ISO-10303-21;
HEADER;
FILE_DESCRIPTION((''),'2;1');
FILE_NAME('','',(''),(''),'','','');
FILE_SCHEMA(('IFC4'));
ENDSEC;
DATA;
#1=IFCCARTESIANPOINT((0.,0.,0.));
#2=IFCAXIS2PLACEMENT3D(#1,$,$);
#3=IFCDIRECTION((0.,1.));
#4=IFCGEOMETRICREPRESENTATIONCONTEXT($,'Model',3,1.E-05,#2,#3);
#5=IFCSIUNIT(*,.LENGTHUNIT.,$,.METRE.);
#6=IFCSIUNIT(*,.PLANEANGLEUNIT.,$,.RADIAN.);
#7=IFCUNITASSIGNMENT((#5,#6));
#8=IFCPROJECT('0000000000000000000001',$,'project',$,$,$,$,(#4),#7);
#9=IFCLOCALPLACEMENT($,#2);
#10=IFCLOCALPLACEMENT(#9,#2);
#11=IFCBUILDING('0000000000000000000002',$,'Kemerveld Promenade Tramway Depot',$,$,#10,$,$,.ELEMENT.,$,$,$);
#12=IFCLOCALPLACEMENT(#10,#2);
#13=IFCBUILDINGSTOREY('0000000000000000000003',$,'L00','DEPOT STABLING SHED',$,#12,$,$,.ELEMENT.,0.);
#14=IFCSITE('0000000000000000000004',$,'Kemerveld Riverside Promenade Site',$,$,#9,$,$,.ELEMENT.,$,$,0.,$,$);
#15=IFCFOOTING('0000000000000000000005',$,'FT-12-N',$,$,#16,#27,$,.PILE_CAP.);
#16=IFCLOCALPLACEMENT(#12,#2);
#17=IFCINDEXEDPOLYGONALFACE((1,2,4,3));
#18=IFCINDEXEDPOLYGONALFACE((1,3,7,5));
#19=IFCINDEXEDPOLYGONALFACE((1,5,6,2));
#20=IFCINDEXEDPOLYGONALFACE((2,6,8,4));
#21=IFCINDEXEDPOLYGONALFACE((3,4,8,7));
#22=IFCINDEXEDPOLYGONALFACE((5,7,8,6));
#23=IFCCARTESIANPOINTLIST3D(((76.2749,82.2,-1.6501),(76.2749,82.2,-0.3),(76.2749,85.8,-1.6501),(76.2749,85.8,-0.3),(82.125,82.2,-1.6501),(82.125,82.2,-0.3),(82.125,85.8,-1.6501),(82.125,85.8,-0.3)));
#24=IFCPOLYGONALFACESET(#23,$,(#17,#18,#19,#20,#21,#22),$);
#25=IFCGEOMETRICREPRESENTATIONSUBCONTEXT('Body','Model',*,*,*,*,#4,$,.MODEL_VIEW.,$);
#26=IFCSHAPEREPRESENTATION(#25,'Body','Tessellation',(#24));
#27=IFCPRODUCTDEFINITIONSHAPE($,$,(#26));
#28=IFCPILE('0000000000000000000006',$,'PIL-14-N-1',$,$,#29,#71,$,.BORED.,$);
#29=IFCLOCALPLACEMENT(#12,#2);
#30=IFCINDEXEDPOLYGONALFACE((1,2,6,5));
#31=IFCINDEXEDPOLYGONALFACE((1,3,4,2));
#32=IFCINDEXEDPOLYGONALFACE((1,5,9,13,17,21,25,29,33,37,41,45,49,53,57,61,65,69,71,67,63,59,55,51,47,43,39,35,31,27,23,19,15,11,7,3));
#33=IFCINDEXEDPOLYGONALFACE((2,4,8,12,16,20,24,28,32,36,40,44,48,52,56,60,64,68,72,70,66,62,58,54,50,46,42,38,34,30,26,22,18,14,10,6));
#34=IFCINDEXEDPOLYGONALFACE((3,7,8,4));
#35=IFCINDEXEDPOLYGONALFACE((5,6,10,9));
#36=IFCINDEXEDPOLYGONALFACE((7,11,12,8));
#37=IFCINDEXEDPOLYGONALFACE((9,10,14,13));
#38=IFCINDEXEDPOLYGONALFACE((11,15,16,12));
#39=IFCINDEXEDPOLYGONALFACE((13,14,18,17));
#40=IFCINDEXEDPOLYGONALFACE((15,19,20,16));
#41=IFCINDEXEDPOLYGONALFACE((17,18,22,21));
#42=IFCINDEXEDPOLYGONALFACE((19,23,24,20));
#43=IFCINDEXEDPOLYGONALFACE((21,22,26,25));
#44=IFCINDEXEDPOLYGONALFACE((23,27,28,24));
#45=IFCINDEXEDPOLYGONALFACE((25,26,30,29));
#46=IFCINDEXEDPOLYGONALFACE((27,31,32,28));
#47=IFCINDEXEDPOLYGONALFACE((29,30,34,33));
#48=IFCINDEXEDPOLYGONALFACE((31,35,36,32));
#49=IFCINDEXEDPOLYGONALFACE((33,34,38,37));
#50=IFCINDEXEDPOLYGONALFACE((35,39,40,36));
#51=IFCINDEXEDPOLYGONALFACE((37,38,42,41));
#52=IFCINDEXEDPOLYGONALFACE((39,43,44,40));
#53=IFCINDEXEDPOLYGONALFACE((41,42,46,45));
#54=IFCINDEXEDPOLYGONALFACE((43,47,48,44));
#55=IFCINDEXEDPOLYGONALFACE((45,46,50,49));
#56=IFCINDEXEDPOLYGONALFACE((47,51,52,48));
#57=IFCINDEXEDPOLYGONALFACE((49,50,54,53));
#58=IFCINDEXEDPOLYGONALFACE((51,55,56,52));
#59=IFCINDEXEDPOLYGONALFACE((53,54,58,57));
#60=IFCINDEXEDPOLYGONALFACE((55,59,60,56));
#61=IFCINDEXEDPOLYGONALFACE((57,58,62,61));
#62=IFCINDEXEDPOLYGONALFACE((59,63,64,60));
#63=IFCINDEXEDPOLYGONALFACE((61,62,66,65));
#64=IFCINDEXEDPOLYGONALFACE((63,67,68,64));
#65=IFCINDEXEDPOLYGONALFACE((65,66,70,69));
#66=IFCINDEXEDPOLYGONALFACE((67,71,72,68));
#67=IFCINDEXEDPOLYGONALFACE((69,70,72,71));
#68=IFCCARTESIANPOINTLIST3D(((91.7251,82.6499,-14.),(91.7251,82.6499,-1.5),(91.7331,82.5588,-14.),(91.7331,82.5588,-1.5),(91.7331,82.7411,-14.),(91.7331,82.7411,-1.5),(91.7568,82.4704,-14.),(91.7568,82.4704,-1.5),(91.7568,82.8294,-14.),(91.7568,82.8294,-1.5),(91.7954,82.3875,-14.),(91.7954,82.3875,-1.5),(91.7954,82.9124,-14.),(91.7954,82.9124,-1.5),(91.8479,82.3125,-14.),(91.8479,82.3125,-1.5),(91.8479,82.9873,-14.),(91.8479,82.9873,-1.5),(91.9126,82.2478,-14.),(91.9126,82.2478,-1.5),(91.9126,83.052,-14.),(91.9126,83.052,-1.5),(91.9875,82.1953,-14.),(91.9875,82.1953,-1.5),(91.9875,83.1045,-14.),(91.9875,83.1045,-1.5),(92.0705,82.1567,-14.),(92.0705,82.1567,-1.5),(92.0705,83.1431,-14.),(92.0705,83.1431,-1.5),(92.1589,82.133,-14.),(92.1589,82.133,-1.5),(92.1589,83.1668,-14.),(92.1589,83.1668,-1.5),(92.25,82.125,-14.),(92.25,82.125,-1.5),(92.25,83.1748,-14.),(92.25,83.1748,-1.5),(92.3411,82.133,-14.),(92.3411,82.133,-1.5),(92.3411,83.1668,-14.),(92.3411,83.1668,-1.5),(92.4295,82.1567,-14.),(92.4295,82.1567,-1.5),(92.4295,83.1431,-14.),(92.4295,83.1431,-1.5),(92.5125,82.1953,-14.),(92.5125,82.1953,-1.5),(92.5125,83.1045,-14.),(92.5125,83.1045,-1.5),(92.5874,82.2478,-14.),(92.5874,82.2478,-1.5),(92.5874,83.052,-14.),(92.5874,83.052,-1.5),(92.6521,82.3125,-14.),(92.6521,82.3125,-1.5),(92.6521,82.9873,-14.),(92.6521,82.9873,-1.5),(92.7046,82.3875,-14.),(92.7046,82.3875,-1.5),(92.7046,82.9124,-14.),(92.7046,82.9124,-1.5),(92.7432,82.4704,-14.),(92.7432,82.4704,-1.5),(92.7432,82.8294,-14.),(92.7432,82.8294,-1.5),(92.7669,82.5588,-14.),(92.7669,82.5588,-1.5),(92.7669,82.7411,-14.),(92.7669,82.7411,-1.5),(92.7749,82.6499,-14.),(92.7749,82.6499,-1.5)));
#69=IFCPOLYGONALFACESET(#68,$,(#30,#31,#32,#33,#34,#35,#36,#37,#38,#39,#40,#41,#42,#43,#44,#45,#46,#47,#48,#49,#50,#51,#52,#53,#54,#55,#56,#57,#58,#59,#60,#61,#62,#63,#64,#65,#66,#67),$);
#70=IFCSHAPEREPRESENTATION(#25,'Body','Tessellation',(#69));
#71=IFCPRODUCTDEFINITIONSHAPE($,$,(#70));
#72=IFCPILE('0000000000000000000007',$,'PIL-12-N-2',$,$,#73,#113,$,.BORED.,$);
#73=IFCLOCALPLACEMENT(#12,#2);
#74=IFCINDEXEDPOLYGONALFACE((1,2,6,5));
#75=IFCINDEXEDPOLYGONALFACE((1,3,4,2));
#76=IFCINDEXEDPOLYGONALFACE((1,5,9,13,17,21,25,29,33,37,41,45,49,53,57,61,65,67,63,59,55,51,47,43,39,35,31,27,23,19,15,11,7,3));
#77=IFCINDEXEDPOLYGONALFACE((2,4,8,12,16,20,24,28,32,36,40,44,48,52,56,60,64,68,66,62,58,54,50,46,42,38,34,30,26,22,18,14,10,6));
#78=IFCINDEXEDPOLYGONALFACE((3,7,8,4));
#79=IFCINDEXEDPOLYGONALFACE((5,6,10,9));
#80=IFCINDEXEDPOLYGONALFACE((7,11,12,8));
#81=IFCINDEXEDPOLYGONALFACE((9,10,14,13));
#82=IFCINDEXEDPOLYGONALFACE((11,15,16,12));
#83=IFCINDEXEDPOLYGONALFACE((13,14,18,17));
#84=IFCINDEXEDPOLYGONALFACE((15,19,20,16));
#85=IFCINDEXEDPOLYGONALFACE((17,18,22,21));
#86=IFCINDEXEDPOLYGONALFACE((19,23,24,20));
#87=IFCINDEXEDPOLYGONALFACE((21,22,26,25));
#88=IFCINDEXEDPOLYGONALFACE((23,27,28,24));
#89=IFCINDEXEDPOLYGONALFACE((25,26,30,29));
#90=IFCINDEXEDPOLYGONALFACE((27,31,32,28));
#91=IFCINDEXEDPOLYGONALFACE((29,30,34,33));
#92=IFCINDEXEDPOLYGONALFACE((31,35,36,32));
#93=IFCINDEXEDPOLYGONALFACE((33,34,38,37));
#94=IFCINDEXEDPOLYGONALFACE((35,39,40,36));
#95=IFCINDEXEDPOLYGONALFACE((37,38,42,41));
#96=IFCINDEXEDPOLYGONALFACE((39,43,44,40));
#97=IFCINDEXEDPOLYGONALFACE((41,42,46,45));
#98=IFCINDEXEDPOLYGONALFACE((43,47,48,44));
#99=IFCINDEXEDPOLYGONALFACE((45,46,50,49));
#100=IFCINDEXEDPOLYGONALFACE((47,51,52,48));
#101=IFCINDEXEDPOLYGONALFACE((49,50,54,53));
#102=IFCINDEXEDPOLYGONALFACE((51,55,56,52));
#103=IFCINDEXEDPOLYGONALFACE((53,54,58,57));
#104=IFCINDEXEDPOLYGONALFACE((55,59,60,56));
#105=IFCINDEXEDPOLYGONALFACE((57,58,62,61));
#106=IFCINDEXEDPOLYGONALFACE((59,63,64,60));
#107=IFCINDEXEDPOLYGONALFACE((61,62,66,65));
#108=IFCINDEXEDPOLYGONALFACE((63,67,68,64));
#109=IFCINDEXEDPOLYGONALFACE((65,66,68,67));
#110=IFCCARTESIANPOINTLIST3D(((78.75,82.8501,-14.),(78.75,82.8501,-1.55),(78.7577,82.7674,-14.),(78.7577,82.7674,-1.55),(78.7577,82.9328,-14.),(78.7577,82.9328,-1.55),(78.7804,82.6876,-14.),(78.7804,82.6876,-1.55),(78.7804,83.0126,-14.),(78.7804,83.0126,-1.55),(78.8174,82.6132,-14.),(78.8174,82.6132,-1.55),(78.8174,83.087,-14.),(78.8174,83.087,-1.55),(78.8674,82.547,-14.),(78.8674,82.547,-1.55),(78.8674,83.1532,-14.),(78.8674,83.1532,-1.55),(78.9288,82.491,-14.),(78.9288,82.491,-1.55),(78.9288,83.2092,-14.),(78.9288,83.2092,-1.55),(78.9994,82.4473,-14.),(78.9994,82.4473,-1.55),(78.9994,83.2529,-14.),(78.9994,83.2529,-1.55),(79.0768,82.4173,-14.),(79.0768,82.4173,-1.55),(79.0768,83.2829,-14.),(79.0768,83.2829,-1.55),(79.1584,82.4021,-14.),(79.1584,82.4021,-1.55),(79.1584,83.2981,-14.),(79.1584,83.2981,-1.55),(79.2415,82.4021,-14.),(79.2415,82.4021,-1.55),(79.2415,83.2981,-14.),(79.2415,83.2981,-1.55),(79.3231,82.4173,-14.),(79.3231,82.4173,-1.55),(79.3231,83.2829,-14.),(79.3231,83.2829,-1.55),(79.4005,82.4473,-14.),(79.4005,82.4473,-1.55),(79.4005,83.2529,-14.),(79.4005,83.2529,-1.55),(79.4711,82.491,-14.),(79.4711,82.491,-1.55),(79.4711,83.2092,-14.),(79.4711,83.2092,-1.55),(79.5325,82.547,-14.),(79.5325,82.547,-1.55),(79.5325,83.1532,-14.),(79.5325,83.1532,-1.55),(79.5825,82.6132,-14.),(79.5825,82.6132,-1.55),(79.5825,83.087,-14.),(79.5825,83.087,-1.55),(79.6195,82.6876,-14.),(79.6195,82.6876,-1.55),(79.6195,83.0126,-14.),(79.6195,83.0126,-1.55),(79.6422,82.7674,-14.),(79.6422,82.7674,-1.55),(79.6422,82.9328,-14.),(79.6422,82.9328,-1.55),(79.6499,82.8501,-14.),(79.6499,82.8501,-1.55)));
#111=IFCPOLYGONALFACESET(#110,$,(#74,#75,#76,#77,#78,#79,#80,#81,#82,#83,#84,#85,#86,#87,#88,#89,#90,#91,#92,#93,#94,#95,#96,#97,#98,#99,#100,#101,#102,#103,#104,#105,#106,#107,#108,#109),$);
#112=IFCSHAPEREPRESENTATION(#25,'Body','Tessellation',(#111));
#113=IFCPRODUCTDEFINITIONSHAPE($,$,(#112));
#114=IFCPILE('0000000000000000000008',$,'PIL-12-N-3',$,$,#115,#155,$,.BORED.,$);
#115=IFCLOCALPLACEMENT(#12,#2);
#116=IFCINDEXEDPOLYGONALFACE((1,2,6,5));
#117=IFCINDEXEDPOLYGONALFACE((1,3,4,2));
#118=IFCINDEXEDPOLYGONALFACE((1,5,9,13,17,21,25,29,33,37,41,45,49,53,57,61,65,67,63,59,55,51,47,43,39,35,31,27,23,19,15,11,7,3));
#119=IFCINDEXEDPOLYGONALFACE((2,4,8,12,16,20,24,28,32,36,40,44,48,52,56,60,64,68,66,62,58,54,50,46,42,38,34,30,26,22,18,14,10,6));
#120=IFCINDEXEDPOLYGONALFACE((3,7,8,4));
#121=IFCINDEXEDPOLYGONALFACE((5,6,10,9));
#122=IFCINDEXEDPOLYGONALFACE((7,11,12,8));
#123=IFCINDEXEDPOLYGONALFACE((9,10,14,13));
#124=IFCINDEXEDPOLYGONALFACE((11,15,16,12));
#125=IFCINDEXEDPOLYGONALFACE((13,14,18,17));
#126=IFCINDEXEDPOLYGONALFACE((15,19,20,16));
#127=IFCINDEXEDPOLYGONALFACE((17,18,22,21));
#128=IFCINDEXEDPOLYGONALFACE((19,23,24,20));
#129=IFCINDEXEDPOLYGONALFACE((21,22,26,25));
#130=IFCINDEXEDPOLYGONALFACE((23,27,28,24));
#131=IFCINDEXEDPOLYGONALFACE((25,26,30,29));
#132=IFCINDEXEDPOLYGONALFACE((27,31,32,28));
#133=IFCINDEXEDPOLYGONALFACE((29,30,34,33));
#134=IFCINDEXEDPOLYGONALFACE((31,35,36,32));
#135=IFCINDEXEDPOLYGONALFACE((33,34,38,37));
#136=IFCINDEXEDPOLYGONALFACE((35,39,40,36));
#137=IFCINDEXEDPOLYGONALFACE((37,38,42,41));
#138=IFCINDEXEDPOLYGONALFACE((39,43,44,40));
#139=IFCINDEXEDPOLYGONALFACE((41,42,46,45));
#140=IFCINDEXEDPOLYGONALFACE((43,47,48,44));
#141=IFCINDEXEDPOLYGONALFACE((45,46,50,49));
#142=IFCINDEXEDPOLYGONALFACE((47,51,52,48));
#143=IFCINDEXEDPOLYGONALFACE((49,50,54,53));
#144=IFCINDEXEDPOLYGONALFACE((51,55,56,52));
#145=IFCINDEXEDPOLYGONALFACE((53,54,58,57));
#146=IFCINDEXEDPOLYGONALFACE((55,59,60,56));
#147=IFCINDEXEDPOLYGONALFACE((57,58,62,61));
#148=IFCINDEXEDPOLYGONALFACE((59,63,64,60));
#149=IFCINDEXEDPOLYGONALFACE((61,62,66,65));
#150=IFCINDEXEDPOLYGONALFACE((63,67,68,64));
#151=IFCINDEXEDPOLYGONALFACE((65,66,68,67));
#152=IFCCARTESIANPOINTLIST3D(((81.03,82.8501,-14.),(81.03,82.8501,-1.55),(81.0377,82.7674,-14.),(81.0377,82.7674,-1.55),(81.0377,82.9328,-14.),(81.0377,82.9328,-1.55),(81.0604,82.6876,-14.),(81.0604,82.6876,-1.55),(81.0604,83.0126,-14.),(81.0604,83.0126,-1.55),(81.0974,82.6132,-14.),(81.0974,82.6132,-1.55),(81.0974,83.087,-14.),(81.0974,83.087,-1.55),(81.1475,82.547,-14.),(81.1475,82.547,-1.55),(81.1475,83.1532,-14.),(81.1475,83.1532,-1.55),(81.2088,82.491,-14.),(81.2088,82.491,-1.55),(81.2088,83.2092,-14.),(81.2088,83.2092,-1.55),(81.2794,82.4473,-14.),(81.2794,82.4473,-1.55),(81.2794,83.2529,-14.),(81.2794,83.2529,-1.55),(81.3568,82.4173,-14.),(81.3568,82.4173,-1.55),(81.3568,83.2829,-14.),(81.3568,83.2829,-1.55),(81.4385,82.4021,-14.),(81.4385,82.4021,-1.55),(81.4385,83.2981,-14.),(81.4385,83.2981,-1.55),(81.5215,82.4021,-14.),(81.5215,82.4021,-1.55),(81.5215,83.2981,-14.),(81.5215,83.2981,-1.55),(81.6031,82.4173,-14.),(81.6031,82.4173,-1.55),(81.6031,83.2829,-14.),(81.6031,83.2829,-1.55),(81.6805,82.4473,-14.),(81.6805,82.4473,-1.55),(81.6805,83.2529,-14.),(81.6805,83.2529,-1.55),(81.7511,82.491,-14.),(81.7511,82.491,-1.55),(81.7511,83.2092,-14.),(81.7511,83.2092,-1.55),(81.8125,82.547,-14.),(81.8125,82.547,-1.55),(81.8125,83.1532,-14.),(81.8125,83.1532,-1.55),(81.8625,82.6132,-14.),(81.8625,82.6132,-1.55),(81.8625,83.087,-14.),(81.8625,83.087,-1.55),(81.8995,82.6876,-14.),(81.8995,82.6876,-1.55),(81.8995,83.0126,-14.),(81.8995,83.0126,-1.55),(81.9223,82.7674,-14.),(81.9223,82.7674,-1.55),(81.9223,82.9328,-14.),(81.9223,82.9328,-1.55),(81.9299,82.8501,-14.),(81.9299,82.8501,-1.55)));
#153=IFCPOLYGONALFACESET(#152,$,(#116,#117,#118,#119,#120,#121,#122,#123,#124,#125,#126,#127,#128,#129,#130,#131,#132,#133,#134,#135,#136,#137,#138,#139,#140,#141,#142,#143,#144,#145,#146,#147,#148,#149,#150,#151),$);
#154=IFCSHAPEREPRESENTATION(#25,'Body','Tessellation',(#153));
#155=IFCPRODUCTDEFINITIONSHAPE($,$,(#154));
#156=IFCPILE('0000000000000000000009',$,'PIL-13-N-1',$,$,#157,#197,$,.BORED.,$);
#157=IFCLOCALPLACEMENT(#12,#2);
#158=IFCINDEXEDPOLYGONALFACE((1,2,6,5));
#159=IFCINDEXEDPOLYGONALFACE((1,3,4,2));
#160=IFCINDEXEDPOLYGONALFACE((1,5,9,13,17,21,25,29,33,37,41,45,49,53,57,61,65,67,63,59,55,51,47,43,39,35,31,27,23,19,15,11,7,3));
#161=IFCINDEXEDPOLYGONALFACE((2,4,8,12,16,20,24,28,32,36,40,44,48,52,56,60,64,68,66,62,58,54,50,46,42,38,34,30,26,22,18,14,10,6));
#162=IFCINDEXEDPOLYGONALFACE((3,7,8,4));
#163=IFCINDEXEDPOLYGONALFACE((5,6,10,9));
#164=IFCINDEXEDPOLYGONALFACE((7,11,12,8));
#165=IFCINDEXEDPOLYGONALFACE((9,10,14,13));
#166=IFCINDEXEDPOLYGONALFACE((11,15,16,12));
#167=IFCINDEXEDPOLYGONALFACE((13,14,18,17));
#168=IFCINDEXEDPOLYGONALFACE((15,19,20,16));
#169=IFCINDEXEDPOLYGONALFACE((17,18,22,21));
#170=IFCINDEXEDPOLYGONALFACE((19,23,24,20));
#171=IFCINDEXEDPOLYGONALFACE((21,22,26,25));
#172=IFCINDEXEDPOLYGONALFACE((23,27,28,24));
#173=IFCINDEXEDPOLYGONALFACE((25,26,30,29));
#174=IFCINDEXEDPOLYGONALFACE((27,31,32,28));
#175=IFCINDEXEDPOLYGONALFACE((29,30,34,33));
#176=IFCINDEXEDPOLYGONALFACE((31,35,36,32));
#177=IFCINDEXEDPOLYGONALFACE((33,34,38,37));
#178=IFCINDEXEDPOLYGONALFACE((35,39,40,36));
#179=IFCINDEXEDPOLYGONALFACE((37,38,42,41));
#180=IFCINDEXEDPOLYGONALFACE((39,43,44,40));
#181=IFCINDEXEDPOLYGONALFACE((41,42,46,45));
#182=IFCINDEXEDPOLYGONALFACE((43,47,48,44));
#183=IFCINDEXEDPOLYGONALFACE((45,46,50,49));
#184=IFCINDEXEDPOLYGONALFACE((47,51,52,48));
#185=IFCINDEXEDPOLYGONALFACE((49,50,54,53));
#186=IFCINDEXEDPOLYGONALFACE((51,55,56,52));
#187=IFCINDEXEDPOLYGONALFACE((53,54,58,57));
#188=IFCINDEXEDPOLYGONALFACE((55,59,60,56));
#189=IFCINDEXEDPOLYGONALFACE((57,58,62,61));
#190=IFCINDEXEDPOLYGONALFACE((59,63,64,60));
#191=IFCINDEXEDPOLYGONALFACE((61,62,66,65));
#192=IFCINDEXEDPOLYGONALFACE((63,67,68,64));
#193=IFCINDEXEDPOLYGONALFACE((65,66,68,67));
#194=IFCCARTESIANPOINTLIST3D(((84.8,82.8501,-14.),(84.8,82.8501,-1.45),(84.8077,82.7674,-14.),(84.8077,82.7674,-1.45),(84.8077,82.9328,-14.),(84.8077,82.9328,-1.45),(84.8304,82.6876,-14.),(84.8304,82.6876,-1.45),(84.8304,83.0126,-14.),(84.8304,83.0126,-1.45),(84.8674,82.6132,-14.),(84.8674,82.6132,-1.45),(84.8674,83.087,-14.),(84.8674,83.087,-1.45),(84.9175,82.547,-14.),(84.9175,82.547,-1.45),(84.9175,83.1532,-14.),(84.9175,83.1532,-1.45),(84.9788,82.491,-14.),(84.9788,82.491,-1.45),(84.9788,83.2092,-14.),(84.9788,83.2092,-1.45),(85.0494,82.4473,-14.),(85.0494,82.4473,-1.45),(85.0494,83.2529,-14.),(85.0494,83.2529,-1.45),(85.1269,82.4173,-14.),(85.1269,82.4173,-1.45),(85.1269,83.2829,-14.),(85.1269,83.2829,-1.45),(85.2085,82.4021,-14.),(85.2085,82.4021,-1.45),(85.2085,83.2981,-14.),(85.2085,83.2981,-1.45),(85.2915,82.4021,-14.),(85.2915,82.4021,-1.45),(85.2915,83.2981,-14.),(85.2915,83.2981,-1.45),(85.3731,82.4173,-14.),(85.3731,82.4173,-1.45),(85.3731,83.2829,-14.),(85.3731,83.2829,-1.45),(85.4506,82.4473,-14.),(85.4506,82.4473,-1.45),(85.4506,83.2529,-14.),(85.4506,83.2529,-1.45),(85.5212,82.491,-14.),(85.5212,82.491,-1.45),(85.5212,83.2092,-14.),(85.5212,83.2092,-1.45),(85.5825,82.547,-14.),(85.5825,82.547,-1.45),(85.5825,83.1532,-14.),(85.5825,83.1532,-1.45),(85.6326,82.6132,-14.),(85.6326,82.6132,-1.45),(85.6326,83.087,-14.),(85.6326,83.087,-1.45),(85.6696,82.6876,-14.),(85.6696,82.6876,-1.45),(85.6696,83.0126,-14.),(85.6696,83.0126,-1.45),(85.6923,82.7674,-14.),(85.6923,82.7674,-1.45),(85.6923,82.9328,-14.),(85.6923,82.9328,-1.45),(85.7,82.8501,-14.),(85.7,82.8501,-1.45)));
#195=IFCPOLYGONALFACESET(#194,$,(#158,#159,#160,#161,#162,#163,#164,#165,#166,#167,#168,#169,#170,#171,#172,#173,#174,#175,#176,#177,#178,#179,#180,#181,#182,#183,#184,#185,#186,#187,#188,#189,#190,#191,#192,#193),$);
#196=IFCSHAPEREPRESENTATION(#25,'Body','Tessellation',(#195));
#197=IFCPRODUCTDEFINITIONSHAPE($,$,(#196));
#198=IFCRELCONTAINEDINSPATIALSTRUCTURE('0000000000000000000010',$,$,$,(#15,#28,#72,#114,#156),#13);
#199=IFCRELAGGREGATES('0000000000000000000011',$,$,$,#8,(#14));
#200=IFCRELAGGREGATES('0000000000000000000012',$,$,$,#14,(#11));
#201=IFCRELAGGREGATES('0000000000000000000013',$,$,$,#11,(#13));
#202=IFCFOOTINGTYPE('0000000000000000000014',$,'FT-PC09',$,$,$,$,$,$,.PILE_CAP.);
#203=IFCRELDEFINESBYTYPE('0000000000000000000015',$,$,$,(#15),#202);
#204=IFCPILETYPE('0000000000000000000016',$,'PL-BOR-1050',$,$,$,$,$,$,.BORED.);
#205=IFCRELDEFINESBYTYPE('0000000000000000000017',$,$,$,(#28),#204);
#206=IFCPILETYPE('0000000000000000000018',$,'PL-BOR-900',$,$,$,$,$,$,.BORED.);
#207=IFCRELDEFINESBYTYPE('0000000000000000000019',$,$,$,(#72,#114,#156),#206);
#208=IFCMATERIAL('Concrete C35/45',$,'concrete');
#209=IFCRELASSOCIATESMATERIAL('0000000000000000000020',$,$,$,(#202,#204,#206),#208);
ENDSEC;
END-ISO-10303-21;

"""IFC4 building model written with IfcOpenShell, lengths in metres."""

from ifc_helpers import new_model, si_unit, direction, frame, origin, origin_2d, place, context, subcontext, project, spatial, rectangle, circle, extrude, material, material_profile, profile_set, type_object, element, save


model = new_model("IFC4")

# Units and contexts
model_context = context("Model", 3, precision=1e-05, world=origin(), true_north=direction((0.0, 1.0)))
body_context = subcontext(model_context, "Body", "Model", "MODEL_VIEW")
ifc_project = project(units=[si_unit("LENGTHUNIT", "METRE"), si_unit("PLANEANGLEUNIT", "RADIAN")], contexts=[model_context])

# Site, building, storey
site_placement = place(None, origin())
site = spatial("IfcSite", under=ifc_project, at=site_placement, Name="Kemerveld Riverside Promenade Site", CompositionType="ELEMENT", RefElevation=0.0)
building_placement = place(site_placement, origin())
building = spatial("IfcBuilding", under=site, at=building_placement, Name="Kemerveld Promenade Tramway Depot", CompositionType="ELEMENT")
storey_placement = place(building_placement, origin())
storey = spatial("IfcBuildingStorey", under=building, at=storey_placement, Name="L00", Description="DEPOT STABLING SHED", CompositionType="ELEMENT", Elevation=0.0)

# Footing
ifc_material_1 = material(Name="Concrete C35/45", Category="concrete")
footing_type = type_object("IfcFootingType", Name="FT-PC09", PredefinedType="PILE_CAP", material=ifc_material_1)
footing_placement = place(storey_placement, frame((79.2, 84.0, -1.6501), z_axis=(0.0, 0.0, 1.0), x_axis=(1.0, 0.0, 0.0)))
element("IfcFooting", 1, at=footing_placement, inside=storey, type_object=footing_type, Name="FT-12-N", PredefinedType="PILE_CAP", context=body_context, shape_type="SweptSolid", body=[
    extrude(rectangle(XDim=5.8501, YDim=3.6001, at=origin_2d()), origin(), (0.0, 0.0, 1.0), 1.3501),
])

# Piles
ifc_material_profile_1 = material_profile(ifc_material_1, circle(Radius=0.5249, at=origin_2d()), Name="PILE-D1050")
ifc_profile_set_1 = profile_set([ifc_material_profile_1], Name="Concrete C35/45")
pile_type_1 = type_object("IfcPileType", Name="PL-BOR-1050", PredefinedType="BORED", material=ifc_profile_set_1)
pile_placement = place(storey_placement, frame((92.25, 82.6499, -1.5), z_axis=(0.0, 0.0, -1.0), x_axis=(1.0, 0.0, 0.0)))
element("IfcPile", 2, at=pile_placement, inside=storey, type_object=pile_type_1, Name="PIL-14-N-1", PredefinedType="BORED", context=body_context, shape_type="SweptSolid", body=[
    extrude(circle(Radius=0.5249, at=origin_2d()), origin(), (0.0, 0.0, 1.0), 12.5),
])
ifc_material_profile_2 = material_profile(ifc_material_1, circle(Radius=0.45, at=origin_2d()), Name="PILE-D900")
ifc_profile_set_2 = profile_set([ifc_material_profile_2], Name="Concrete C35/45")
pile_type_2 = type_object("IfcPileType", Name="PL-BOR-900", PredefinedType="BORED", material=ifc_profile_set_2)
for number, where, z_axis, x_axis, name in (
    (3, (79.2, 82.8501, -1.55), (0.0, 0.0, -1.0), (1.0, 0.0, 0.0), "PIL-12-N-2"),
    (4, (81.48, 82.8501, -1.55), (0.0, 0.0, -1.0), (1.0, 0.0, 0.0), "PIL-12-N-3"),
):
    element("IfcPile", number, at=place(storey_placement, frame(where, z_axis=z_axis, x_axis=x_axis)), inside=storey, type_object=pile_type_2, Name=name, PredefinedType="BORED", context=body_context, shape_type="SweptSolid", body=[
        extrude(circle(Radius=0.45, at=origin_2d()), origin(), (0.0, 0.0, 1.0), 12.45),
    ])
for number, where, z_axis, x_axis, name in (
    (5, (85.25, 82.8501, -1.45), (0.0, 0.0, -1.0), (1.0, 0.0, 0.0), "PIL-13-N-1"),
):
    element("IfcPile", number, at=place(storey_placement, frame(where, z_axis=z_axis, x_axis=x_axis)), inside=storey, type_object=pile_type_2, Name=name, PredefinedType="BORED", context=body_context, shape_type="SweptSolid", body=[
        extrude(circle(Radius=0.45, at=origin_2d()), origin(), (0.0, 0.0, 1.0), 12.55),
    ])

save(model, "model.ifc")
